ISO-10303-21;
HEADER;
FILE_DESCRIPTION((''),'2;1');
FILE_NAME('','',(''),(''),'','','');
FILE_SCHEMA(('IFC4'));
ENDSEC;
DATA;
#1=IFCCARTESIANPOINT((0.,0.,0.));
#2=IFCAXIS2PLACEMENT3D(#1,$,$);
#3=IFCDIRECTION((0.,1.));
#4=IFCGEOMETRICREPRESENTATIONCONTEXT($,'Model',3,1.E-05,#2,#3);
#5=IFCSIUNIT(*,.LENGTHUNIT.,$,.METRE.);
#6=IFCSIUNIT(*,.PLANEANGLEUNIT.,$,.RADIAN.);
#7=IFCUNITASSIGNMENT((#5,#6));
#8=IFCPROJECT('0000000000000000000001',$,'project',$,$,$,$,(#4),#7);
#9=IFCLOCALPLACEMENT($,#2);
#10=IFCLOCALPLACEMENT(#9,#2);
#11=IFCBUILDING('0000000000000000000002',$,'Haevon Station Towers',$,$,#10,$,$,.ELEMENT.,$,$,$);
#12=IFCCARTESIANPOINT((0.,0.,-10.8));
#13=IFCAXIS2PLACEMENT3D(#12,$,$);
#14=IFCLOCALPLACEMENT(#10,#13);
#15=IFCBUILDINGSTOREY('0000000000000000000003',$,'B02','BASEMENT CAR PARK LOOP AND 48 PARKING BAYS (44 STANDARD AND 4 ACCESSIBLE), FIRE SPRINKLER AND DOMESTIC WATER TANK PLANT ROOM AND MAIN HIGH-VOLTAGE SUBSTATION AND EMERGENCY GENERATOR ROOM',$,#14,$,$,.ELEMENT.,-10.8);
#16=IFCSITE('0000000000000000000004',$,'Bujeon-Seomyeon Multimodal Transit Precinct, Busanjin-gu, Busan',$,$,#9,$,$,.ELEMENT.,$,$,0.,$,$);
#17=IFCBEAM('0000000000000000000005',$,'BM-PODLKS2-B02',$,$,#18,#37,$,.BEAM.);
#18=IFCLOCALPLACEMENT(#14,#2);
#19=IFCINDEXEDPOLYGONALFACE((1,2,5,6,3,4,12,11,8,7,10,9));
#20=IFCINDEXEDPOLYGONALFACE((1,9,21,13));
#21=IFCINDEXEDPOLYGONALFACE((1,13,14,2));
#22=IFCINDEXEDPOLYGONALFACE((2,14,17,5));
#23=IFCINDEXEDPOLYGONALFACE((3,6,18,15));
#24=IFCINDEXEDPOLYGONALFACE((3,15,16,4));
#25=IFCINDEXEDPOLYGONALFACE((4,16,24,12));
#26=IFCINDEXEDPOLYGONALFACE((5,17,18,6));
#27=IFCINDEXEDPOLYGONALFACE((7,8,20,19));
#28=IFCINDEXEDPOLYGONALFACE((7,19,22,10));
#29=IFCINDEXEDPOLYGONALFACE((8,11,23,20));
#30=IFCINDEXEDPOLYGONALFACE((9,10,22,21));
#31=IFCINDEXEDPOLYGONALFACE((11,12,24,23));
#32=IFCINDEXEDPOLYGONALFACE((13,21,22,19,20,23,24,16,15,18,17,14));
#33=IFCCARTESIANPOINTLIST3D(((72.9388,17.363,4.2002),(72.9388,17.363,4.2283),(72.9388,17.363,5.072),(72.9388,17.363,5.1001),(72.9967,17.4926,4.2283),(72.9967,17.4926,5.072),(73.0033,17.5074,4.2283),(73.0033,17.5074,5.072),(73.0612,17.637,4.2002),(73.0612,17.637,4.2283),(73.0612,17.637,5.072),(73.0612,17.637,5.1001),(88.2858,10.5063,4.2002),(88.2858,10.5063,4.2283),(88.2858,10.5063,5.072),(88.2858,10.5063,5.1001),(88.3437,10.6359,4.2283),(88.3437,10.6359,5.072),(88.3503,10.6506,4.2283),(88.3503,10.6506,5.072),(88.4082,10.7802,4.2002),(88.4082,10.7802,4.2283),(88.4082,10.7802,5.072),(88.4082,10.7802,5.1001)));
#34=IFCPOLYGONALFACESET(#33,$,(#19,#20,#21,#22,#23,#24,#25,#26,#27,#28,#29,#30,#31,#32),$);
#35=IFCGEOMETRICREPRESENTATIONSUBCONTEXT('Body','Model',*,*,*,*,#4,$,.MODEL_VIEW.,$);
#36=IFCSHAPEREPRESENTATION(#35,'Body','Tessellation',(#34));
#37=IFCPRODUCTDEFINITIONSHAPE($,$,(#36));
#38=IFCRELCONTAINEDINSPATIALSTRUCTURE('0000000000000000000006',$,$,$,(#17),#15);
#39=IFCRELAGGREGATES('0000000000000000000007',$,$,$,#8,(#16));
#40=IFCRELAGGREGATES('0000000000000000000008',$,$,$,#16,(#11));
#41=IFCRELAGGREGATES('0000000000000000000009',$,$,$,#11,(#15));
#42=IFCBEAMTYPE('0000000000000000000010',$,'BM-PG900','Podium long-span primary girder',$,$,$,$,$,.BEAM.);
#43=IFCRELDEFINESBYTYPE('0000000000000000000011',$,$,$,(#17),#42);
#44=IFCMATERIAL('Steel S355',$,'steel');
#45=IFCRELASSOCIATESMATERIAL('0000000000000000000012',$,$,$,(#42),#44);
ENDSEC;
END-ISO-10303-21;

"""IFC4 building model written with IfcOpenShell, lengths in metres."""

from ifc_helpers import new_model, si_unit, direction, frame, origin, origin_2d, place, context, subcontext, project, spatial, i_section, extrude, material, material_profile, profile_set, type_object, element, save


model = new_model("IFC4")

# Units and contexts
model_context = context("Model", 3, precision=1e-05, world=origin(), true_north=direction((0.0, 1.0)))
body_context = subcontext(model_context, "Body", "Model", "MODEL_VIEW")
ifc_project = project(units=[si_unit("LENGTHUNIT", "METRE"), si_unit("PLANEANGLEUNIT", "RADIAN")], contexts=[model_context])

# Site, building, storey
site_placement = place(None, origin())
site = spatial("IfcSite", under=ifc_project, at=site_placement, Name="Bujeon-Seomyeon Multimodal Transit Precinct, Busanjin-gu, Busan", CompositionType="ELEMENT", RefElevation=0.0)
building_placement = place(site_placement, origin())
building = spatial("IfcBuilding", under=site, at=building_placement, Name="Haevon Station Towers", CompositionType="ELEMENT")
storey_placement = place(building_placement, frame((0.0, 0.0, -10.8)))
storey = spatial("IfcBuildingStorey", under=building, at=storey_placement, Name="B02", Description="BASEMENT CAR PARK LOOP AND 48 PARKING BAYS (44 STANDARD AND 4 ACCESSIBLE), FIRE SPRINKLER AND DOMESTIC WATER TANK PLANT ROOM AND MAIN HIGH-VOLTAGE SUBSTATION AND EMERGENCY GENERATOR ROOM", CompositionType="ELEMENT", Elevation=-10.8)

# Beam
ifc_material_1 = material(Name="Steel S355", Category="steel")
ifc_material_profile_1 = material_profile(ifc_material_1, i_section(OverallWidth=0.3, OverallDepth=0.8999, WebThickness=0.0161, FlangeThickness=0.0281, at=origin_2d()), Name="H-900x300x16x28")
ifc_profile_set_1 = profile_set([ifc_material_profile_1], Name="Steel S355")
beam_type_1 = type_object("IfcBeamType", Name="BM-PG900", Description="Podium long-span primary girder", PredefinedType="BEAM", material=ifc_profile_set_1)
beam_1_placement = place(storey_placement, frame((73.0, 17.5, 4.6501), z_axis=(0.913019, -0.407918, 0.0), x_axis=(0.407918, 0.913019, 0.0)))
element("IfcBeam", 1, at=beam_1_placement, inside=storey, type_object=beam_type_1, Name="BM-PODLKS2-B02", PredefinedType="BEAM", context=body_context, shape_type="SweptSolid", body=[
    extrude(i_section(OverallWidth=0.3, OverallDepth=0.8999, WebThickness=0.0161, FlangeThickness=0.0281, at=origin_2d()), origin(), (0.0, 0.0, 1.0), 16.8091),
])

save(model, "model.ifc")
